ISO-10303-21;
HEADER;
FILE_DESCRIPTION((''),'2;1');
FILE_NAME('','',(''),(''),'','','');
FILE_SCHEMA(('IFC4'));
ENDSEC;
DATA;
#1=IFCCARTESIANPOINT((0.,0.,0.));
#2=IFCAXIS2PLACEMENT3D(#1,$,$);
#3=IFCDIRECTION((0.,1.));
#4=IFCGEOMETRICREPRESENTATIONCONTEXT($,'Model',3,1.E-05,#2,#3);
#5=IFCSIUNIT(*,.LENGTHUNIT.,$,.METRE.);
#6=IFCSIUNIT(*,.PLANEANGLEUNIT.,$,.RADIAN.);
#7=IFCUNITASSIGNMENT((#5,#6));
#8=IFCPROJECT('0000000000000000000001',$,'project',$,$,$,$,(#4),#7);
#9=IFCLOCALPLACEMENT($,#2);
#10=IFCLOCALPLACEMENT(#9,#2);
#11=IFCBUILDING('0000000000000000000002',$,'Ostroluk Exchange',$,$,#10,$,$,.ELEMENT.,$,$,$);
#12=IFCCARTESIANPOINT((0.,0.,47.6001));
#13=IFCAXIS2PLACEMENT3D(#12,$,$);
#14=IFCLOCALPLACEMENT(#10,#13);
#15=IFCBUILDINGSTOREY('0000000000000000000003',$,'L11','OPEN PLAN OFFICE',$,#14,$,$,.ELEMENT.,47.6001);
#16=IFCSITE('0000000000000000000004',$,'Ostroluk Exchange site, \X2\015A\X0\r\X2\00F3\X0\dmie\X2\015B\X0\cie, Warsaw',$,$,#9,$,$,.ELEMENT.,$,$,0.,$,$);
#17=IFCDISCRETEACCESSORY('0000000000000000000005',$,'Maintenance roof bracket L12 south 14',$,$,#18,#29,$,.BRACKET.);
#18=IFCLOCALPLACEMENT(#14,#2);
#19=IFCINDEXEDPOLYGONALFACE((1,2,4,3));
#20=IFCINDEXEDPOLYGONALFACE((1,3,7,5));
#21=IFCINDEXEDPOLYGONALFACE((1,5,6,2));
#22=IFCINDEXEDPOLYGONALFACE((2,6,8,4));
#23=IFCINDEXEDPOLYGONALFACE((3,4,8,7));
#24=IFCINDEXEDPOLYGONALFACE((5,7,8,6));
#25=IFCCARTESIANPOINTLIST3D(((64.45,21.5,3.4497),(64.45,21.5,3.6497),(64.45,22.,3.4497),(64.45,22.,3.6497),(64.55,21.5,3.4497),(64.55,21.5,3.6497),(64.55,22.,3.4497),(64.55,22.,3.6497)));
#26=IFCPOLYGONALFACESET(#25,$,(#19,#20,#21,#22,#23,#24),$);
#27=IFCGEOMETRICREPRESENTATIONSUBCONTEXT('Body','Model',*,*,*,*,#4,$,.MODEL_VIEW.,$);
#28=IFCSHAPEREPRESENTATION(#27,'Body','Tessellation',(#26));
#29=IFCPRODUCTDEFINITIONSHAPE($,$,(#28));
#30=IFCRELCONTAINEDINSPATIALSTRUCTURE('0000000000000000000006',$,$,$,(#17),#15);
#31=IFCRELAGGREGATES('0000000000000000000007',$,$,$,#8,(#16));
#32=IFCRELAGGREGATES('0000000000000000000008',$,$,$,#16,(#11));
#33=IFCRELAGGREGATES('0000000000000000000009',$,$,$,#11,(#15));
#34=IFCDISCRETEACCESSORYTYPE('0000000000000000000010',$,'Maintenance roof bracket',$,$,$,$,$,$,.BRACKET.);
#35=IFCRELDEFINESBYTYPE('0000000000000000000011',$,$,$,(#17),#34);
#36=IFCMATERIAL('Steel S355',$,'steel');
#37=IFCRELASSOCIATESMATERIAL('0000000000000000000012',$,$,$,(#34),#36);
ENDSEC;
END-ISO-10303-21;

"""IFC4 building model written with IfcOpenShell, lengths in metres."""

from ifc_helpers import new_model, si_unit, direction, frame, origin, origin_2d, place, context, subcontext, project, spatial, rectangle, extrude, material, type_object, element, save


model = new_model("IFC4")

# Units and contexts
model_context = context("Model", 3, precision=1e-05, world=origin(), true_north=direction((0.0, 1.0)))
body_context = subcontext(model_context, "Body", "Model", "MODEL_VIEW")
ifc_project = project(units=[si_unit("LENGTHUNIT", "METRE"), si_unit("PLANEANGLEUNIT", "RADIAN")], contexts=[model_context])

# Site, building, storey
site_placement = place(None, origin())
site = spatial("IfcSite", under=ifc_project, at=site_placement, Name="Ostroluk Exchange site, Śródmieście, Warsaw", CompositionType="ELEMENT", RefElevation=0.0)
building_placement = place(site_placement, origin())
building = spatial("IfcBuilding", under=site, at=building_placement, Name="Ostroluk Exchange", CompositionType="ELEMENT")
storey_placement = place(building_placement, frame((0.0, 0.0, 47.6001)))
storey = spatial("IfcBuildingStorey", under=building, at=storey_placement, Name="L11", Description="OPEN PLAN OFFICE", CompositionType="ELEMENT", Elevation=47.6001)

# Discrete accessory
ifc_material_1 = material(Name="Steel S355", Category="steel")
discrete_accessory_type = type_object("IfcDiscreteAccessoryType", Name="Maintenance roof bracket", PredefinedType="BRACKET", material=ifc_material_1)
for number, where, z_axis, x_axis, name in (
    (1, (64.5, 21.75, 3.4497), (0.0, 0.0, 1.0), (1.0, 0.0, 0.0), "Maintenance roof bracket L12 south 14"),
):
    element("IfcDiscreteAccessory", number, at=place(storey_placement, frame(where, z_axis=z_axis, x_axis=x_axis)), inside=storey, type_object=discrete_accessory_type, Name=name, PredefinedType="BRACKET", context=body_context, shape_type="SweptSolid", body=[
        extrude(rectangle(XDim=0.1001, YDim=0.5, at=origin_2d()), origin(), (0.0, 0.0, 1.0), 0.2),
    ])

save(model, "model.ifc")
